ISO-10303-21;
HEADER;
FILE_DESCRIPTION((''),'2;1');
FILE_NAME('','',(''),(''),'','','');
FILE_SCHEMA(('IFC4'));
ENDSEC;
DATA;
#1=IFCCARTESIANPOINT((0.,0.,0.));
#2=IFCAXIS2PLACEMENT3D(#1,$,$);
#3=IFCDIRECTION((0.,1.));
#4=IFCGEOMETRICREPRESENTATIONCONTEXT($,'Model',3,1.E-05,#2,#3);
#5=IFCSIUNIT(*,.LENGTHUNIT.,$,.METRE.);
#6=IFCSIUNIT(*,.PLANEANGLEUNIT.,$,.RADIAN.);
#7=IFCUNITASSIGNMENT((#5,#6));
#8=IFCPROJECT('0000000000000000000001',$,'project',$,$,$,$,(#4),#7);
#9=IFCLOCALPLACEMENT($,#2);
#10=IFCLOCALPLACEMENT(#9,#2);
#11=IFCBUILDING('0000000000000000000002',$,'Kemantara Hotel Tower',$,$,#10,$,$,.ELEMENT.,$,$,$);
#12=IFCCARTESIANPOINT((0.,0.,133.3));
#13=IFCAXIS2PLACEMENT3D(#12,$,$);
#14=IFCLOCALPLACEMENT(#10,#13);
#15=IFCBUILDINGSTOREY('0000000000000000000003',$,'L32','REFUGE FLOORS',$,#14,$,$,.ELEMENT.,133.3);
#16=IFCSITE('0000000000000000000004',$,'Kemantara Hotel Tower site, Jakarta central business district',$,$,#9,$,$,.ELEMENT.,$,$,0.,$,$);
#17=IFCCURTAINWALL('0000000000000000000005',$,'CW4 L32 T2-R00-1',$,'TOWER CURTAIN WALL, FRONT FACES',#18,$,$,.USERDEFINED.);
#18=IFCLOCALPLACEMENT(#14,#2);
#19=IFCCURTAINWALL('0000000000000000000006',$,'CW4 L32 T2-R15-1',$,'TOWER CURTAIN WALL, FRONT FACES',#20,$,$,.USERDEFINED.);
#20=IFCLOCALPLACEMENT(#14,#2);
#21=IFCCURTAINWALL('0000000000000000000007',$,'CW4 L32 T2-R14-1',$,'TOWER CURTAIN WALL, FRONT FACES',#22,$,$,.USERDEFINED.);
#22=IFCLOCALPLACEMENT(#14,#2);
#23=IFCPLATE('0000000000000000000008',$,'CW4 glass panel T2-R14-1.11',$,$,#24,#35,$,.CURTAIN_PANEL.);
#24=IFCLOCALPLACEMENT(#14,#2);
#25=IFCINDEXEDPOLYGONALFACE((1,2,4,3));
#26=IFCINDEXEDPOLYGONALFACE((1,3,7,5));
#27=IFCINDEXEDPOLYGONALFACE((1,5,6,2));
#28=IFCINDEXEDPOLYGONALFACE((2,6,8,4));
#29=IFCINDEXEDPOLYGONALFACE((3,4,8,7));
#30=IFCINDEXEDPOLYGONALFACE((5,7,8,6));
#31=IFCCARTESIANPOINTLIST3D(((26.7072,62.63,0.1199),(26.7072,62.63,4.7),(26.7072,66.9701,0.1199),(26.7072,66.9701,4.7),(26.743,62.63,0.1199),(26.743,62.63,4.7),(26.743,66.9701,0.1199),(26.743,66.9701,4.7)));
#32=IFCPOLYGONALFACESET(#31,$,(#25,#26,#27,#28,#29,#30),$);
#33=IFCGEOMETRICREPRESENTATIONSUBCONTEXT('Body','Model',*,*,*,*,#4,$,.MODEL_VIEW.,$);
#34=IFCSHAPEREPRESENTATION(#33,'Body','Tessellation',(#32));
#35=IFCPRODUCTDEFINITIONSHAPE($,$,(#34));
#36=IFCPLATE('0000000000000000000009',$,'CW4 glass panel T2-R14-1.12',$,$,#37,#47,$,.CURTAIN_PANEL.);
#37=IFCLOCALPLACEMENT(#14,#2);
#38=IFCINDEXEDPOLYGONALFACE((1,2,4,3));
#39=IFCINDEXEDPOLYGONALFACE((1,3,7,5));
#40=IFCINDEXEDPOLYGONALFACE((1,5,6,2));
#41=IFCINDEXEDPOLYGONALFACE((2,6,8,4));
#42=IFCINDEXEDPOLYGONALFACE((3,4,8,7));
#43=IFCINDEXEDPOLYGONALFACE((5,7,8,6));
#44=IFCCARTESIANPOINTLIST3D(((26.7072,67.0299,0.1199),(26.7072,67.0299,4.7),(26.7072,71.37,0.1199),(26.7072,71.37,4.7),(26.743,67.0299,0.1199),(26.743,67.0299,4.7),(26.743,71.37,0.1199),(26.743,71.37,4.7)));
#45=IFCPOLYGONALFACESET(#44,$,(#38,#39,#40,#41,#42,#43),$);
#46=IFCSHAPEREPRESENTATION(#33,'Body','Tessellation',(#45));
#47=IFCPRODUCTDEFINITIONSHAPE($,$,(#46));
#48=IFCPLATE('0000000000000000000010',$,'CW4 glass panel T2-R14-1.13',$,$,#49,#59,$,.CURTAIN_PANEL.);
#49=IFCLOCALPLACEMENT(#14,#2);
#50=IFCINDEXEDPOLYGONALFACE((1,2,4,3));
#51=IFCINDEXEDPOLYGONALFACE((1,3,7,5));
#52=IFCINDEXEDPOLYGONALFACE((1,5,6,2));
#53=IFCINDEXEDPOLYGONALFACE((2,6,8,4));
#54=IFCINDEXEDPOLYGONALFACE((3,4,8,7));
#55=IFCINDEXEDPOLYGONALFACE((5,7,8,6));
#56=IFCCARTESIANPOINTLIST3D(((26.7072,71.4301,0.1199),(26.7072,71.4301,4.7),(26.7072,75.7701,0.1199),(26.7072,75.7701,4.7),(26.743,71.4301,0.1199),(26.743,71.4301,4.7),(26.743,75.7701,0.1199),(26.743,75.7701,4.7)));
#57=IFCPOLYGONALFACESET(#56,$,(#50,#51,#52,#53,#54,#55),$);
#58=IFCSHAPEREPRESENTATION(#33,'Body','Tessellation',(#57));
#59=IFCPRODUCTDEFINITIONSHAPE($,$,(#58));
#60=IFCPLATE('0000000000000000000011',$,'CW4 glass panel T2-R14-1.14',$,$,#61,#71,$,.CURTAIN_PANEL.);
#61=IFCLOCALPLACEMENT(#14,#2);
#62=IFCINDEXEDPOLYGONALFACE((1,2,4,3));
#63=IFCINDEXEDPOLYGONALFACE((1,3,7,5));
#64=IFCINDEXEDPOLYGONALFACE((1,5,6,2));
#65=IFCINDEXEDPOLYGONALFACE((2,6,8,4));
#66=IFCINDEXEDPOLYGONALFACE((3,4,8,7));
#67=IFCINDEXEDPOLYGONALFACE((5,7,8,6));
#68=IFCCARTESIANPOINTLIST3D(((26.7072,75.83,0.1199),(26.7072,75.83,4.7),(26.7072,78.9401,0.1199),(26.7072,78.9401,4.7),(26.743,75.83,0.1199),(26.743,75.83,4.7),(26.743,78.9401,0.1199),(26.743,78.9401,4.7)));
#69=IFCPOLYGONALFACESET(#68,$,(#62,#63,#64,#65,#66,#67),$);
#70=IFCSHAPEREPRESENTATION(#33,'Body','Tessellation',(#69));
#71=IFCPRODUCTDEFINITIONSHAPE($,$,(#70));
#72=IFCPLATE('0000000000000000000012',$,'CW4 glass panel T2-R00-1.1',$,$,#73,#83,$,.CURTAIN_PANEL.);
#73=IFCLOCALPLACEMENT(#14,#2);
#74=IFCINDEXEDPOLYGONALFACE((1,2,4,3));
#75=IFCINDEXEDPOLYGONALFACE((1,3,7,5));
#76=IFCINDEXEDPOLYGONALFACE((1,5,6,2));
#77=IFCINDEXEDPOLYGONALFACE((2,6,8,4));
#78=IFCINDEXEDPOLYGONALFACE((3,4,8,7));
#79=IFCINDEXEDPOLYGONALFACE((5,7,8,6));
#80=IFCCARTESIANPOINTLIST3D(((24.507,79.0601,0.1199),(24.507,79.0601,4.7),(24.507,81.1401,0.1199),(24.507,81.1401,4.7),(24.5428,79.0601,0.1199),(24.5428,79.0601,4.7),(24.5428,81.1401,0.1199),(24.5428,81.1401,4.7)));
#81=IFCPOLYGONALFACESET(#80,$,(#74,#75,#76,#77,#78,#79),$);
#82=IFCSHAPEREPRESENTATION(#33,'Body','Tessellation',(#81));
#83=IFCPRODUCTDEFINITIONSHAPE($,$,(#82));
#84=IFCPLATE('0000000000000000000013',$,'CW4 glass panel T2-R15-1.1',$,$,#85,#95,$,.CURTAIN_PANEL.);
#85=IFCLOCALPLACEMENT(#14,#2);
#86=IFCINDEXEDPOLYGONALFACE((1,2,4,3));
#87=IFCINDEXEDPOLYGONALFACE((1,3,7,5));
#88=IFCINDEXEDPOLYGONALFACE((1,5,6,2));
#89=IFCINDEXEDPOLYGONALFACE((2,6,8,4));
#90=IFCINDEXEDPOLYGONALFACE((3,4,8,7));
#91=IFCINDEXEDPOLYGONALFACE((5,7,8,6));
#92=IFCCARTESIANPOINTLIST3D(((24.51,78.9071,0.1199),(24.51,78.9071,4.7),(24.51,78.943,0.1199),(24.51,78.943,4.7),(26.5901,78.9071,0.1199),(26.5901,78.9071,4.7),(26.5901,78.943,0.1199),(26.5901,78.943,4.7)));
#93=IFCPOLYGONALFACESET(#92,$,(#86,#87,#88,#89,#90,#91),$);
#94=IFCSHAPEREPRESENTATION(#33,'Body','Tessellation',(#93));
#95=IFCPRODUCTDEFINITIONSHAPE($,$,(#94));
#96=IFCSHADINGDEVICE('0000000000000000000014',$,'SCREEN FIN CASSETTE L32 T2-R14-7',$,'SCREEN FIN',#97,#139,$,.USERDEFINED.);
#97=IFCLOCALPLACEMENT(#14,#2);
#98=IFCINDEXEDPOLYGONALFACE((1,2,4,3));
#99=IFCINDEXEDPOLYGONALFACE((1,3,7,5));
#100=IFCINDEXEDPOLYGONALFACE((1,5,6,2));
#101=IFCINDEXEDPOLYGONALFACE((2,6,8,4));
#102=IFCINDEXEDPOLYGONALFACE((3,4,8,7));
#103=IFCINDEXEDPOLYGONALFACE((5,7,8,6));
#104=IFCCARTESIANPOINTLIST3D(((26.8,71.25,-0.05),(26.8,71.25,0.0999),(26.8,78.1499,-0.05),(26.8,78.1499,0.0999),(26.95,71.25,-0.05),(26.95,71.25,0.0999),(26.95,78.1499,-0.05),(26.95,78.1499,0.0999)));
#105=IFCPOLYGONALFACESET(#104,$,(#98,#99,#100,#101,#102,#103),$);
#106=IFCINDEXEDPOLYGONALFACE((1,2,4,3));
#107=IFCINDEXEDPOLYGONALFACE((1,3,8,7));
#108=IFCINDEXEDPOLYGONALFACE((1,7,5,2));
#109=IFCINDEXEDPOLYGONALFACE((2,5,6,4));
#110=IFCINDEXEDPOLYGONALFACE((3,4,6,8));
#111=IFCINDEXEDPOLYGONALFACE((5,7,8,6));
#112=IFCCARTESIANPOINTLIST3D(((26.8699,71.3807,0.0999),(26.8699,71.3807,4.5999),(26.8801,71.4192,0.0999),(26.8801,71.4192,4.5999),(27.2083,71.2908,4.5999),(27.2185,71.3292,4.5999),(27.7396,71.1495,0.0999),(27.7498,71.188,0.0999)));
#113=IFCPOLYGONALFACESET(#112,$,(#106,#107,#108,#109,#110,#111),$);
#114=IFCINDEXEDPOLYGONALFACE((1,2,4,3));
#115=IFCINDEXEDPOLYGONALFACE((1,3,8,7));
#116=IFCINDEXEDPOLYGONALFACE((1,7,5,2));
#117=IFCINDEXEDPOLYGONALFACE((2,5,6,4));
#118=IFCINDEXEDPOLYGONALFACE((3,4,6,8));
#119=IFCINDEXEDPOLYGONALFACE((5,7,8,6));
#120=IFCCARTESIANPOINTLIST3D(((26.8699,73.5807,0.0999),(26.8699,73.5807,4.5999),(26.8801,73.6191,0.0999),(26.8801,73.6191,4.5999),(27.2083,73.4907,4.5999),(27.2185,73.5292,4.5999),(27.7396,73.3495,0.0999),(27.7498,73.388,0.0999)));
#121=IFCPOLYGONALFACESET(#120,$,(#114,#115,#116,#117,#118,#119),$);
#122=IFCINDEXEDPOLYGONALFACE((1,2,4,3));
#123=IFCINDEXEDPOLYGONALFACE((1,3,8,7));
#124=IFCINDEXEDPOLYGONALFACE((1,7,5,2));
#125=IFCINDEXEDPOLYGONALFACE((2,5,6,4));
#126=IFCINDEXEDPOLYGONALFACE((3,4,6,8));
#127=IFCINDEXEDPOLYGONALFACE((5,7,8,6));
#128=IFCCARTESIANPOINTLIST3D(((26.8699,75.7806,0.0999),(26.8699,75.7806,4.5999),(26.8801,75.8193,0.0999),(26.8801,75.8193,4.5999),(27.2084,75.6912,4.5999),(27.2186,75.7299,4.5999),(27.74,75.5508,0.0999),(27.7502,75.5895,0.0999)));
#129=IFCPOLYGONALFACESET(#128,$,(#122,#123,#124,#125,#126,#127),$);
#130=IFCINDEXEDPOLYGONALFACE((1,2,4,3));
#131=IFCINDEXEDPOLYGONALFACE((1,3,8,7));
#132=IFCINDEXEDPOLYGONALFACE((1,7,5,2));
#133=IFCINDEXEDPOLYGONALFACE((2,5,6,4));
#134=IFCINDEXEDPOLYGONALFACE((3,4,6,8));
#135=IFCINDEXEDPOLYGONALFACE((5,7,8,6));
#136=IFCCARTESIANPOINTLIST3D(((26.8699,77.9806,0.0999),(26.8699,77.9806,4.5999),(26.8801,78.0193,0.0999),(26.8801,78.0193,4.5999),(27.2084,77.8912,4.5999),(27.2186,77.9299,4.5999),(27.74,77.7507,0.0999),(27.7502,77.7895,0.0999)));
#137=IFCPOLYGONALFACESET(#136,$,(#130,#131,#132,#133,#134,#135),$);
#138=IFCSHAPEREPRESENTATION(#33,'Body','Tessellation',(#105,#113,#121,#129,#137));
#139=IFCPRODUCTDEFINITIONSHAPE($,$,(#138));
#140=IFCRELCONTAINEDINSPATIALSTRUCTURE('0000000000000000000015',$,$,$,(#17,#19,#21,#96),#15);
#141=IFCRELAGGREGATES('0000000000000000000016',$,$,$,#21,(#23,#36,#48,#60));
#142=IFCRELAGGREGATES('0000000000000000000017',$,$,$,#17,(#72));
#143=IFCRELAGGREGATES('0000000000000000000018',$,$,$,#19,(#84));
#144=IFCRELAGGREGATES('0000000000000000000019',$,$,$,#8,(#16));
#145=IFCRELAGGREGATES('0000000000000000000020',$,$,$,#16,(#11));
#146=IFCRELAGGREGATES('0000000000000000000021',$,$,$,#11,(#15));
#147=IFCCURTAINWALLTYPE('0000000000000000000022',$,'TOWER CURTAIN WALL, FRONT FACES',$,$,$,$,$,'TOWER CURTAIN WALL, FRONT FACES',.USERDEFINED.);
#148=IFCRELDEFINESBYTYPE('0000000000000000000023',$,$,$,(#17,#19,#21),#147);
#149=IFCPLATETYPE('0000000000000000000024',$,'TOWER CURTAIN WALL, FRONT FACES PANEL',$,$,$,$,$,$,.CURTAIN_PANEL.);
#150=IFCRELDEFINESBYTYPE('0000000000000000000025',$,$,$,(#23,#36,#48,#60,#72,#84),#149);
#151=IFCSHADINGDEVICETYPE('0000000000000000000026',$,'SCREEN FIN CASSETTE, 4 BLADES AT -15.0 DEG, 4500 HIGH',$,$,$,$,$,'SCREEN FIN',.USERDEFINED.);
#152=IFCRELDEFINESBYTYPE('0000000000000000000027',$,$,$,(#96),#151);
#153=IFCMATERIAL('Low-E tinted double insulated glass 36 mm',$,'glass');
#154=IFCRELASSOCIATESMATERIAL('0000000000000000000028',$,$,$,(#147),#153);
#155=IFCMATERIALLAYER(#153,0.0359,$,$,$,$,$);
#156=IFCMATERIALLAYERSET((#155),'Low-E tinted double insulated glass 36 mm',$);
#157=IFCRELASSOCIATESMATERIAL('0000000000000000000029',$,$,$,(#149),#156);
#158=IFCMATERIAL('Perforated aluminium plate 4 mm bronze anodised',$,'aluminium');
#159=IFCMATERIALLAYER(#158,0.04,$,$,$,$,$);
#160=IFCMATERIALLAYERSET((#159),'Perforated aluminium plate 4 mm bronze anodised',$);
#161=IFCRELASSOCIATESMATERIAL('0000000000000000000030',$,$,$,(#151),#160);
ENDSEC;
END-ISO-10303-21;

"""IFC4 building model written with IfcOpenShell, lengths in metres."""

from ifc_helpers import new_model, si_unit, direction, frame, origin, origin_2d, place, context, subcontext, project, spatial, polyline, rectangle, outline, extrude, source, transform, mapped, material, layer, layer_set, type_object, element, aggregate, save


model = new_model("IFC4")

# Units and contexts
model_context = context("Model", 3, precision=1e-05, world=origin(), true_north=direction((0.0, 1.0)))
body_context = subcontext(model_context, "Body", "Model", "MODEL_VIEW")
ifc_project = project(units=[si_unit("LENGTHUNIT", "METRE"), si_unit("PLANEANGLEUNIT", "RADIAN")], contexts=[model_context])

# Site, building, storey
site_placement = place(None, origin())
site = spatial("IfcSite", under=ifc_project, at=site_placement, Name="Kemantara Hotel Tower site, Jakarta central business district", CompositionType="ELEMENT", RefElevation=0.0)
building_placement = place(site_placement, origin())
building = spatial("IfcBuilding", under=site, at=building_placement, Name="Kemantara Hotel Tower", CompositionType="ELEMENT")
storey_placement = place(building_placement, frame((0.0, 0.0, 133.3)))
storey = spatial("IfcBuildingStorey", under=building, at=storey_placement, Name="L32", Description="REFUGE FLOORS", CompositionType="ELEMENT", Elevation=133.3)

# Curtain walls
ifc_material_1 = material(Name="Low-E tinted double insulated glass 36 mm", Category="glass")
curtain_wall_type = type_object("IfcCurtainWallType", Name="TOWER CURTAIN WALL, FRONT FACES", ElementType="TOWER CURTAIN WALL, FRONT FACES", PredefinedType="USERDEFINED", material=ifc_material_1)
curtain_wall_1_placement = place(storey_placement, origin())
curtain_wall_1 = element("IfcCurtainWall", 1, at=curtain_wall_1_placement, inside=storey, type_object=curtain_wall_type, Name="CW4 L32 T2-R00-1", ObjectType="TOWER CURTAIN WALL, FRONT FACES", PredefinedType="USERDEFINED")
curtain_wall_2_placement = place(storey_placement, origin())
curtain_wall_2 = element("IfcCurtainWall", 2, at=curtain_wall_2_placement, inside=storey, type_object=curtain_wall_type, Name="CW4 L32 T2-R15-1", ObjectType="TOWER CURTAIN WALL, FRONT FACES", PredefinedType="USERDEFINED")

# Curtain wall
curtain_wall_3_placement = place(storey_placement, origin())
curtain_wall_3 = element("IfcCurtainWall", 3, at=curtain_wall_3_placement, inside=storey, type_object=curtain_wall_type, Name="CW4 L32 T2-R14-1", ObjectType="TOWER CURTAIN WALL, FRONT FACES", PredefinedType="USERDEFINED")

# Plates
ifc_layer_1 = layer(ifc_material_1, 0.0359)
ifc_layer_set_1 = layer_set([ifc_layer_1], Name="Low-E tinted double insulated glass 36 mm")
plate_type = type_object("IfcPlateType", Name="TOWER CURTAIN WALL, FRONT FACES PANEL", PredefinedType="CURTAIN_PANEL", material=ifc_layer_set_1)
shared_shape_1 = source(origin(), body_context, "Body", "SweptSolid", [
    extrude(rectangle(XDim=4.3401, YDim=0.0359, at=origin_2d()), origin(), (0.0, 0.0, 1.0), 4.5801),
])
plate_1_placement = place(storey_placement, frame((26.7251, 64.8, 0.1199), z_axis=(0.0, 0.0, 1.0), x_axis=(0.0, 1.0, 0.0)))
plate_1 = element("IfcPlate", 4, at=plate_1_placement, type_object=plate_type, Name="CW4 glass panel T2-R14-1.11", PredefinedType="CURTAIN_PANEL", context=body_context, shape_type="MappedRepresentation", body=[
    mapped(shared_shape_1, transform((0.0, 0.0, 0.0))),
])
plate_2_placement = place(storey_placement, frame((26.7251, 69.2, 0.1199), z_axis=(0.0, 0.0, 1.0), x_axis=(0.0, 1.0, 0.0)))
plate_2 = element("IfcPlate", 5, at=plate_2_placement, type_object=plate_type, Name="CW4 glass panel T2-R14-1.12", PredefinedType="CURTAIN_PANEL", context=body_context, shape_type="MappedRepresentation", body=[
    mapped(shared_shape_1, transform((0.0, 0.0, 0.0))),
])
plate_3_placement = place(storey_placement, frame((26.7251, 73.6001, 0.1199), z_axis=(0.0, 0.0, 1.0), x_axis=(0.0, 1.0, 0.0)))
plate_3 = element("IfcPlate", 6, at=plate_3_placement, type_object=plate_type, Name="CW4 glass panel T2-R14-1.13", PredefinedType="CURTAIN_PANEL", context=body_context, shape_type="MappedRepresentation", body=[
    mapped(shared_shape_1, transform((0.0, 0.0, 0.0))),
])
shared_shape_2 = source(origin(), body_context, "Body", "SweptSolid", [
    extrude(rectangle(XDim=3.1101, YDim=0.0359, at=origin_2d()), origin(), (0.0, 0.0, 1.0), 4.5801),
])
plate_4_placement = place(storey_placement, frame((26.7251, 77.385, 0.1199), z_axis=(0.0, 0.0, 1.0), x_axis=(0.0, 1.0, 0.0)))
plate_4 = element("IfcPlate", 7, at=plate_4_placement, type_object=plate_type, Name="CW4 glass panel T2-R14-1.14", PredefinedType="CURTAIN_PANEL", context=body_context, shape_type="MappedRepresentation", body=[
    mapped(shared_shape_2, transform((0.0, 0.0, 0.0))),
])
aggregate(curtain_wall_3, [plate_1, plate_2, plate_3, plate_4])
shared_shape_3 = source(origin(), body_context, "Body", "SweptSolid", [
    extrude(rectangle(XDim=2.0801, YDim=0.0359, at=origin_2d()), origin(), (0.0, 0.0, 1.0), 4.5801),
])
plate_5_placement = place(storey_placement, frame((24.5249, 80.1001, 0.1199), z_axis=(0.0, 0.0, 1.0), x_axis=(0.0, 1.0, 0.0)))
plate_5 = element("IfcPlate", 8, at=plate_5_placement, type_object=plate_type, Name="CW4 glass panel T2-R00-1.1", PredefinedType="CURTAIN_PANEL", context=body_context, shape_type="MappedRepresentation", body=[
    mapped(shared_shape_3, transform((0.0, 0.0, 0.0))),
])
aggregate(curtain_wall_1, [plate_5])
plate_6_placement = place(storey_placement, frame((25.55, 78.925, 0.1199), z_axis=(0.0, 0.0, 1.0), x_axis=(-1.0, 0.0, 0.0)))
plate_6 = element("IfcPlate", 9, at=plate_6_placement, type_object=plate_type, Name="CW4 glass panel T2-R15-1.1", PredefinedType="CURTAIN_PANEL", context=body_context, shape_type="MappedRepresentation", body=[
    mapped(shared_shape_3, transform((0.0, 0.0, 0.0))),
])
aggregate(curtain_wall_2, [plate_6])

# Shading device
ifc_material_2 = material(Name="Perforated aluminium plate 4 mm bronze anodised", Category="aluminium")
ifc_layer_2 = layer(ifc_material_2, 0.04)
ifc_layer_set_2 = layer_set([ifc_layer_2], Name="Perforated aluminium plate 4 mm bronze anodised")
shading_device_type = type_object("IfcShadingDeviceType", Name="SCREEN FIN CASSETTE, 4 BLADES AT -15.0 DEG, 4500 HIGH", ElementType="SCREEN FIN", PredefinedType="USERDEFINED", material=ifc_layer_set_2)
shared_shape_4 = source(origin(), body_context, "Body", "SweptSolid", [
    extrude(rectangle(XDim=6.8999, YDim=0.1499, at=origin_2d()), frame((3.3, -0.075, -0.1499), z_axis=(0.0, 0.0, 1.0), x_axis=(1.0, 0.0, 0.0)), (0.0, 0.0, 1.0), 0.1499),
    extrude(outline(polyline([(0.0, 0.0), (0.8999, 0.0), (0.3501, 4.5), (0.0, 4.5), (0.0, 0.0)])), frame((0.0193, -0.0801, 0.0), z_axis=(-0.966438, 0.256901, 0.0), x_axis=(-0.256901, -0.966438, 0.0)), (0.0, 0.0, 1.0), 0.0398),
    extrude(outline(polyline([(0.0, 0.0), (0.8999, 0.0), (0.3501, 4.5), (0.0, 4.5), (0.0, 0.0)])), frame((2.2192, -0.0801, 0.0), z_axis=(-0.966438, 0.256901, 0.0), x_axis=(-0.256901, -0.966438, 0.0)), (0.0, 0.0, 1.0), 0.0398),
    extrude(outline(polyline([(0.0, 0.0), (0.8999, 0.0), (0.3501, 4.5), (0.0, 4.5), (0.0, 0.0)])), frame((4.4194, -0.0801, 0.0), z_axis=(-0.966838, 0.255391, 0.0), x_axis=(-0.255391, -0.966838, 0.0)), (0.0, 0.0, 1.0), 0.04),
    extrude(outline(polyline([(0.0, 0.0), (0.8999, 0.0), (0.3501, 4.5), (0.0, 4.5), (0.0, 0.0)])), frame((6.6194, -0.0801, 0.0), z_axis=(-0.966838, 0.255391, 0.0), x_axis=(-0.255391, -0.966838, 0.0)), (0.0, 0.0, 1.0), 0.04),
])
shading_device_placement = place(storey_placement, frame((26.8, 71.3999, 0.0999), z_axis=(0.0, 0.0, 1.0), x_axis=(0.0, 1.0, 0.0)))
element("IfcShadingDevice", 10, at=shading_device_placement, inside=storey, type_object=shading_device_type, Name="SCREEN FIN CASSETTE L32 T2-R14-7", ObjectType="SCREEN FIN", PredefinedType="USERDEFINED", context=body_context, shape_type="MappedRepresentation", body=[
    mapped(shared_shape_4, transform((0.0, 0.0, 0.0))),
])

save(model, "model.ifc")
